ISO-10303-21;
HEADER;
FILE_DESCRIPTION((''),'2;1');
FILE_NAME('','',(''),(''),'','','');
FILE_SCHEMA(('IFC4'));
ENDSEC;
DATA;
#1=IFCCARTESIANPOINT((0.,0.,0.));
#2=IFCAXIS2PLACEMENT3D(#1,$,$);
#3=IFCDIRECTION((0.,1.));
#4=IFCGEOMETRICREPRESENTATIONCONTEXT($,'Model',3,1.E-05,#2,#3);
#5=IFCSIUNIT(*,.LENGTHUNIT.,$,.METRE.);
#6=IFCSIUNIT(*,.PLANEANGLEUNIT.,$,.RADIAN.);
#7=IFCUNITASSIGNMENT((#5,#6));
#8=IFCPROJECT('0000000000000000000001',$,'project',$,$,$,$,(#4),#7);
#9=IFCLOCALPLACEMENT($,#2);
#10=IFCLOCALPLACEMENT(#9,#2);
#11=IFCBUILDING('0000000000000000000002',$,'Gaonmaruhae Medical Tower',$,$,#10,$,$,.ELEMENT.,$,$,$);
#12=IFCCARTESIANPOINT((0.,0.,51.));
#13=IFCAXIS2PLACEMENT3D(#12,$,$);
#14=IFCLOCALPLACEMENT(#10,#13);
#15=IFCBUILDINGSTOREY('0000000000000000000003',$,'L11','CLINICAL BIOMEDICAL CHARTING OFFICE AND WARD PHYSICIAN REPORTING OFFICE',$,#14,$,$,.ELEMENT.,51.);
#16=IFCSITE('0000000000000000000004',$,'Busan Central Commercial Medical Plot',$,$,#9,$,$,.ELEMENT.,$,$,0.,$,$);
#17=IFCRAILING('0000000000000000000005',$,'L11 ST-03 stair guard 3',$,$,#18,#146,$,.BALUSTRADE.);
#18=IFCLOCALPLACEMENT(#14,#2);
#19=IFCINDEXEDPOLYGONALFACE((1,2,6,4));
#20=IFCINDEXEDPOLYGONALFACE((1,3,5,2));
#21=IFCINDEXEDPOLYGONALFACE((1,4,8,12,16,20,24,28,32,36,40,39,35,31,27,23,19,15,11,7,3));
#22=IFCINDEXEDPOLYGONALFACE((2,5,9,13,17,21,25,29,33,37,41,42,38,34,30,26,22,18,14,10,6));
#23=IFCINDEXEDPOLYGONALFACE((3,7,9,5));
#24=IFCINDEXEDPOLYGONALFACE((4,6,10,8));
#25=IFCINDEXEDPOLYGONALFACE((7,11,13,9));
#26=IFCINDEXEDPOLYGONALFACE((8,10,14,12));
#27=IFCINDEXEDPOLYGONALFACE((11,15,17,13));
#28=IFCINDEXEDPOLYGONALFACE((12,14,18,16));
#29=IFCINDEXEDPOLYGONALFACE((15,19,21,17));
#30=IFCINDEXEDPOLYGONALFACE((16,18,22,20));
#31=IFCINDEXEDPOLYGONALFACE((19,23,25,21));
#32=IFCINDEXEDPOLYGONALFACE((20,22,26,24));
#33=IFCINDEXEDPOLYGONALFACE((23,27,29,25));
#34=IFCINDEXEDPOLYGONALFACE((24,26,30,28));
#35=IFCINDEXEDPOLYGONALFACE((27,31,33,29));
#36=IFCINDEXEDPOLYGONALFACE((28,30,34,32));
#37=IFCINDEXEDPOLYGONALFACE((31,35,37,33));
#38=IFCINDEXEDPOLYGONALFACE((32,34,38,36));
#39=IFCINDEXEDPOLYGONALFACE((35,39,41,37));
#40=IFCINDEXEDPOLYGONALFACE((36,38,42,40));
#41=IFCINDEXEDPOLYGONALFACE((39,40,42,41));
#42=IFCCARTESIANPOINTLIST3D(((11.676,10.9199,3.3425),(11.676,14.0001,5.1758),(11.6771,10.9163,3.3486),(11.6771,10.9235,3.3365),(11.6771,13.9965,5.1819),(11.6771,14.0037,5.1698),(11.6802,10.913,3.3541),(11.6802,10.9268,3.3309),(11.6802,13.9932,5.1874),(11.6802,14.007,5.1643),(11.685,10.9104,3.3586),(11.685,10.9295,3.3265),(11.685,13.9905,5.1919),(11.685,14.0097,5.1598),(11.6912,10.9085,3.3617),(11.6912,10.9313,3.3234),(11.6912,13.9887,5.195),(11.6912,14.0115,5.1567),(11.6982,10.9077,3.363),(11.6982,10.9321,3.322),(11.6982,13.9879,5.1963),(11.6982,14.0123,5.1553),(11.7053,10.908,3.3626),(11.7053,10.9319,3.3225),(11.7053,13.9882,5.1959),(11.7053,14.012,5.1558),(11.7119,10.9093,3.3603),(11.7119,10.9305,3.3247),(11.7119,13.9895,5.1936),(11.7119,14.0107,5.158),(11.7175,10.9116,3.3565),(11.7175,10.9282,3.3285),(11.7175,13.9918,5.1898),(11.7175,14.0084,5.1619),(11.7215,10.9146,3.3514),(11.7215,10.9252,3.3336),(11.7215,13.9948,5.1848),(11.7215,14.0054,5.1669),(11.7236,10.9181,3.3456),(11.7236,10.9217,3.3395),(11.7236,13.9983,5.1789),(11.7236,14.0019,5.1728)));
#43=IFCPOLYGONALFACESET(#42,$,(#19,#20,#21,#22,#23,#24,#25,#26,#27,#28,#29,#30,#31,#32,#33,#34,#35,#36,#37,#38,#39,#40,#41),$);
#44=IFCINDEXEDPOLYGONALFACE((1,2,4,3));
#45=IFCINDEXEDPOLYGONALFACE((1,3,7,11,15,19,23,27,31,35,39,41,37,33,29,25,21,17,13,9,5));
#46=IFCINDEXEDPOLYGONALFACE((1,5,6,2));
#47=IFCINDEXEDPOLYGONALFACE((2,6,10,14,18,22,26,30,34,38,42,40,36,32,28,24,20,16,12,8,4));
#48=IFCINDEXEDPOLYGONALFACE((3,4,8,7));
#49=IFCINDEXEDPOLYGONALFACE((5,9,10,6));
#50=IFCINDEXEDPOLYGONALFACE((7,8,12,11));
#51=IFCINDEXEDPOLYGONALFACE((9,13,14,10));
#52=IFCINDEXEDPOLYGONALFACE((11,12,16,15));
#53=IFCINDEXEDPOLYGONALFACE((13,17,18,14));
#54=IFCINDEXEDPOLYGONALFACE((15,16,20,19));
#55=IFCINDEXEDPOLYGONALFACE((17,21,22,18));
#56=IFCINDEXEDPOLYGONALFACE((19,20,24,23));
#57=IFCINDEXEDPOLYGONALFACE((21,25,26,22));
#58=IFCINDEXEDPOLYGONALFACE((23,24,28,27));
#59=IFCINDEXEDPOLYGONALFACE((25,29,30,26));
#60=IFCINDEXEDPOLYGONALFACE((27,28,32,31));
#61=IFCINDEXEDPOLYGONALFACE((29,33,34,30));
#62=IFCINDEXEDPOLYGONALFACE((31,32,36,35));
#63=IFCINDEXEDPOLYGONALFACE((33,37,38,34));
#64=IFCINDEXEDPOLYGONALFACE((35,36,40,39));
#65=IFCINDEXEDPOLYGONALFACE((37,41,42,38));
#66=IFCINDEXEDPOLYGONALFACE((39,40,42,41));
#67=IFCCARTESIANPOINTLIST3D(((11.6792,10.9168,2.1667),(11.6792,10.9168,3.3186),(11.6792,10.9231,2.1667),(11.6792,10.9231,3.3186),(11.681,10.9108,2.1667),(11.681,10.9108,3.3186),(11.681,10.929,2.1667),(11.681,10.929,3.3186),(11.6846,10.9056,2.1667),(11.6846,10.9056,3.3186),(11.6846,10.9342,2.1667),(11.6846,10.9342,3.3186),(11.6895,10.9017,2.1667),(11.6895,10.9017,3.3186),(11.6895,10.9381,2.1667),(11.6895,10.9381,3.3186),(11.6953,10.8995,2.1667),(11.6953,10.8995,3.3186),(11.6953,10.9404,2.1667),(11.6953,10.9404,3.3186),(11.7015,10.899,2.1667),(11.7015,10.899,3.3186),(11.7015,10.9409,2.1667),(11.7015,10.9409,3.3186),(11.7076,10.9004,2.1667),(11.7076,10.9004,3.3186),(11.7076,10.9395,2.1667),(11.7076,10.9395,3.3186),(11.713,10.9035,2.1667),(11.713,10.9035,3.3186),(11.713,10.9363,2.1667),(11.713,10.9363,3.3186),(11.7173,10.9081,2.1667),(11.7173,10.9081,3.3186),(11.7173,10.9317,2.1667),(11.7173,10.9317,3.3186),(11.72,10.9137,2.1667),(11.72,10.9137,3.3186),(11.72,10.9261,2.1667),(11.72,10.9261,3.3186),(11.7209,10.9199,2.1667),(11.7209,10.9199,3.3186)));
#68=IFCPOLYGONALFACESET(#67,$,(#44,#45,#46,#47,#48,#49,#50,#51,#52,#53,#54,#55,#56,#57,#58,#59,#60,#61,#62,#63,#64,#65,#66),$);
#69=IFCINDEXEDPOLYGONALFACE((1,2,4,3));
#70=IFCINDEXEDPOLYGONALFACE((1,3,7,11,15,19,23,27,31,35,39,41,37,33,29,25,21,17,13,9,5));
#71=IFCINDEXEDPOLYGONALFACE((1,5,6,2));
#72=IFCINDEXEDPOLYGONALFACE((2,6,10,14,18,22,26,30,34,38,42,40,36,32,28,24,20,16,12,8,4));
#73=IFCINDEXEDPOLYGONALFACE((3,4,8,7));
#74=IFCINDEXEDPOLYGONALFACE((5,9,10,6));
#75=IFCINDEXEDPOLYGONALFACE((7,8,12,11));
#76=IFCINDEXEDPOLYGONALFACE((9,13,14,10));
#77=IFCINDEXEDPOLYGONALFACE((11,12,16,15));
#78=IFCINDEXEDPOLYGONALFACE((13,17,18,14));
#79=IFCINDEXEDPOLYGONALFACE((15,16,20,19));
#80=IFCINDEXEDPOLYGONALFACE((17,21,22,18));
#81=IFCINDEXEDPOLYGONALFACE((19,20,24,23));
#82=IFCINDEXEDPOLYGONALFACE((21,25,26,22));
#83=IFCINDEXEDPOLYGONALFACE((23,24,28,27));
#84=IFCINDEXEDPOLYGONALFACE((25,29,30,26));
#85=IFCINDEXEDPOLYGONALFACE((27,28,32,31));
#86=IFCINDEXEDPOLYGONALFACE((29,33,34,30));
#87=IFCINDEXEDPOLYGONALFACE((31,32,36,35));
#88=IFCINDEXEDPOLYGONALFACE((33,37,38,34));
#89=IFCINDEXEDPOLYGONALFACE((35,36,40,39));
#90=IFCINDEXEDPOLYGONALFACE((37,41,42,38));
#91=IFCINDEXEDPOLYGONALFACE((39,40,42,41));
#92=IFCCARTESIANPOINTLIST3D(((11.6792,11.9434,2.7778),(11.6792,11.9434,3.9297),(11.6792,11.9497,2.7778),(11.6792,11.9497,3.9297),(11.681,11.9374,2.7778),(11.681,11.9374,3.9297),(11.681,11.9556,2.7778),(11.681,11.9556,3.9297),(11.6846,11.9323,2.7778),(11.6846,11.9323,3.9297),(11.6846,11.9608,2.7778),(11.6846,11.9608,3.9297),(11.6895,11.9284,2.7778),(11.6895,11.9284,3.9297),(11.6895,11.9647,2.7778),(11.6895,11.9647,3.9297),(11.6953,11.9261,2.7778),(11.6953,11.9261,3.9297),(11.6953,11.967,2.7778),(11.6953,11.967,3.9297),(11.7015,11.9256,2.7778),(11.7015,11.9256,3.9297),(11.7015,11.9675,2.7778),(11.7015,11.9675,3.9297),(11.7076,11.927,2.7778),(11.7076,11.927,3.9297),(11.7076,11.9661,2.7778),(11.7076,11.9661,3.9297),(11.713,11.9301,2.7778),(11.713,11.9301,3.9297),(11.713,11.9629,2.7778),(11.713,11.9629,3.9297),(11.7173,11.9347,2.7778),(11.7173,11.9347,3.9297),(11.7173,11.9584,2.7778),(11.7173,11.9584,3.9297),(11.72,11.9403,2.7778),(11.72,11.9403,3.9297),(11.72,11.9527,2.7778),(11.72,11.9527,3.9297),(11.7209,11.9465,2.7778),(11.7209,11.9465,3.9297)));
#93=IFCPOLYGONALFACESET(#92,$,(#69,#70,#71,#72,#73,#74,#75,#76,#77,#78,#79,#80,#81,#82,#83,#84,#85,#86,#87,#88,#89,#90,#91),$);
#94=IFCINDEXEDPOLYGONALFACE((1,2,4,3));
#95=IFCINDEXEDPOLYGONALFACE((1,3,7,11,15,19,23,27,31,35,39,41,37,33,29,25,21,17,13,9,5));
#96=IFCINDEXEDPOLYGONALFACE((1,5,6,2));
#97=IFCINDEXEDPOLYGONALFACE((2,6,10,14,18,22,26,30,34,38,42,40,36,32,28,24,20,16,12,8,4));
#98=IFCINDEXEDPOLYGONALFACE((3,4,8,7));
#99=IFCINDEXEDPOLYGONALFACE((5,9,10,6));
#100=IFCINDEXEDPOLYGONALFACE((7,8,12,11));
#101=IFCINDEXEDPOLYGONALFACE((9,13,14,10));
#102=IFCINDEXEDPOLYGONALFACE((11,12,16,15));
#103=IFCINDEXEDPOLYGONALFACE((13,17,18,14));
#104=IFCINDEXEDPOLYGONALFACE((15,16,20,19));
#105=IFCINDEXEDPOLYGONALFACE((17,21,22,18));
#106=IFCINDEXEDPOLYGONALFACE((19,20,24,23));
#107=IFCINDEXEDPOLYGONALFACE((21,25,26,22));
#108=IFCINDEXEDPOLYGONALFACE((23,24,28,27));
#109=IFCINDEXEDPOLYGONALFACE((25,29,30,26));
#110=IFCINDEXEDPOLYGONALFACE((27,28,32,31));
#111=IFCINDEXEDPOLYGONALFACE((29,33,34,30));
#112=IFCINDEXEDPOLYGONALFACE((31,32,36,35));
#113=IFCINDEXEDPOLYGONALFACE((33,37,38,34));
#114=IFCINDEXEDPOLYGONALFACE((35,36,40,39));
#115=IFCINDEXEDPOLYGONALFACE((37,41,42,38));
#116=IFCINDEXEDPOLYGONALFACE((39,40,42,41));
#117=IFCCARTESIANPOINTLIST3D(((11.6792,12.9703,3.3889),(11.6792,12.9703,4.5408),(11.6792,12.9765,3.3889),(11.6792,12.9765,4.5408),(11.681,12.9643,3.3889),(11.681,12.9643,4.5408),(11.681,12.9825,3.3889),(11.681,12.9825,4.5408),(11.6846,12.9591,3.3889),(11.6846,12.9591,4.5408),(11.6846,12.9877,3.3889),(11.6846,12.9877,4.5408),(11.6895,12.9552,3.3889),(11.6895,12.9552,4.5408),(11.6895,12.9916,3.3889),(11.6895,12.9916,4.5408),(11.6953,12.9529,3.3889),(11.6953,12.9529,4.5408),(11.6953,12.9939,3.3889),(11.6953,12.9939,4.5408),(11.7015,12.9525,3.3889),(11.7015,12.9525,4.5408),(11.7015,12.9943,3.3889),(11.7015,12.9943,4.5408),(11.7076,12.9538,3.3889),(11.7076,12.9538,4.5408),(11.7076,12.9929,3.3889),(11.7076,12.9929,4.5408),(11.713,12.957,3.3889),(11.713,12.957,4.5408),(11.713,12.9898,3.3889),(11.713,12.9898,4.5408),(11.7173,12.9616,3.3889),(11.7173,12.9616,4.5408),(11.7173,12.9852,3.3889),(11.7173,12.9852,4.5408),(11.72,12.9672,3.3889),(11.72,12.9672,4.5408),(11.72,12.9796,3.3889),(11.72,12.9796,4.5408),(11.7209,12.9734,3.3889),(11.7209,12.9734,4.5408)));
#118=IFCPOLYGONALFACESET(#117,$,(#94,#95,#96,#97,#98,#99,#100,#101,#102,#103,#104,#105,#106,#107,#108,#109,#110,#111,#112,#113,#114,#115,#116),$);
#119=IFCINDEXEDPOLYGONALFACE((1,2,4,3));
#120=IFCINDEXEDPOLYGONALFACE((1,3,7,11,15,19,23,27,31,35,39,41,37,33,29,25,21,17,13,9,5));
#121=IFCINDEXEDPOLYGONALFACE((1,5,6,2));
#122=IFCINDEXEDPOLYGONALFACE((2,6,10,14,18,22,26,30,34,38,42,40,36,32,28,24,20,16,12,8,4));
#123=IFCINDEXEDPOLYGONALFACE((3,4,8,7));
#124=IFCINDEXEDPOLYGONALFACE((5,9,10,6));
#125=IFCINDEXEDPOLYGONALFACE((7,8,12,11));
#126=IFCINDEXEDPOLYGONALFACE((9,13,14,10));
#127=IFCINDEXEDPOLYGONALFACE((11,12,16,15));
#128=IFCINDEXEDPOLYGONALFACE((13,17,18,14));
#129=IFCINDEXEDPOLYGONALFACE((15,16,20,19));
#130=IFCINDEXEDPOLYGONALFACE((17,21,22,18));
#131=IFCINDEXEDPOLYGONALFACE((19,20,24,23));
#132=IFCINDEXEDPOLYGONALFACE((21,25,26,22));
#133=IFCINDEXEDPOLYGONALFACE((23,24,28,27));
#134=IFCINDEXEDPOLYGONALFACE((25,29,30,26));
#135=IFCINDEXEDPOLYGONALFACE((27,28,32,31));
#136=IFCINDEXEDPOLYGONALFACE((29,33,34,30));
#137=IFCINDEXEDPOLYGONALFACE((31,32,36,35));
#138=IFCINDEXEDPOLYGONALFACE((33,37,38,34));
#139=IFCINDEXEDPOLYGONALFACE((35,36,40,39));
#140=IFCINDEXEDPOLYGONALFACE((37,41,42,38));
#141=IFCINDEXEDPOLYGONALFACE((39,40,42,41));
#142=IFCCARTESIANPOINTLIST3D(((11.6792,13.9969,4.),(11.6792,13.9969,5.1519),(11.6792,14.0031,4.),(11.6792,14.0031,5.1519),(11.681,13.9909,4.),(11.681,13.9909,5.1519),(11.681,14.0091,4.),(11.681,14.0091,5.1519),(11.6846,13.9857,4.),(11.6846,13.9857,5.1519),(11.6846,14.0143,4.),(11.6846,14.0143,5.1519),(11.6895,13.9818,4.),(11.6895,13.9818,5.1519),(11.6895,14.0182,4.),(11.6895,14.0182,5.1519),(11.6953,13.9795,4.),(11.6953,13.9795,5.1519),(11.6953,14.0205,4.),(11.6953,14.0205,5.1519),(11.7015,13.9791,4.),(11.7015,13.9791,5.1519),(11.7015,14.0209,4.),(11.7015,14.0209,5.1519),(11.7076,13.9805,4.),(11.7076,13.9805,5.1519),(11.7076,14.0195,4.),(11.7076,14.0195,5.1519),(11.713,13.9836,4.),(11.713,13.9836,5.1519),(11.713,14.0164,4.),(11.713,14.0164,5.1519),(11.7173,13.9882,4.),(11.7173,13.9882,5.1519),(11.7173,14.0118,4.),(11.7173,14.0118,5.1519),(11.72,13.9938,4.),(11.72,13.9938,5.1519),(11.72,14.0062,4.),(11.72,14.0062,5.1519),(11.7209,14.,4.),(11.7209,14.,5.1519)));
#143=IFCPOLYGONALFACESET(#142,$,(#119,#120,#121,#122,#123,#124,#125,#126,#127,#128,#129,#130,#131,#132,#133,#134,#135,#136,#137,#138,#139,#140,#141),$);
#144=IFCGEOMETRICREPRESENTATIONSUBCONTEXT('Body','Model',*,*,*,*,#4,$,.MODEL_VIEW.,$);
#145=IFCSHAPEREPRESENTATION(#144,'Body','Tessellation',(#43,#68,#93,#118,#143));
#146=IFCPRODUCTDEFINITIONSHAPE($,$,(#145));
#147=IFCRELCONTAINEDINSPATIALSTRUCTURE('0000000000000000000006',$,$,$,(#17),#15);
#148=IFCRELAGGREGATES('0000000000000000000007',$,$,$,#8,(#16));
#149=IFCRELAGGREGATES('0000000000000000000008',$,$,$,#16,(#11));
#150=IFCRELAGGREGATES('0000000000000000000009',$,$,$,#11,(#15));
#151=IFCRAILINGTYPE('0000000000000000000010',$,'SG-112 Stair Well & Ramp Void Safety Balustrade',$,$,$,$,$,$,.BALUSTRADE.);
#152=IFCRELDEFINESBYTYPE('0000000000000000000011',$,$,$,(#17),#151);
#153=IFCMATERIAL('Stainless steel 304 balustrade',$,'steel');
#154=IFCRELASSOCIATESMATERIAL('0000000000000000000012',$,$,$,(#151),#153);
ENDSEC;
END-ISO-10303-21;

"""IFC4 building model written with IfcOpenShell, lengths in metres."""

from ifc_helpers import new_model, si_unit, direction, frame, origin, origin_2d, place, context, subcontext, project, spatial, circle, extrude, material, type_object, element, save


model = new_model("IFC4")

# Units and contexts
model_context = context("Model", 3, precision=1e-05, world=origin(), true_north=direction((0.0, 1.0)))
body_context = subcontext(model_context, "Body", "Model", "MODEL_VIEW")
ifc_project = project(units=[si_unit("LENGTHUNIT", "METRE"), si_unit("PLANEANGLEUNIT", "RADIAN")], contexts=[model_context])

# Site, building, storey
site_placement = place(None, origin())
site = spatial("IfcSite", under=ifc_project, at=site_placement, Name="Busan Central Commercial Medical Plot", CompositionType="ELEMENT", RefElevation=0.0)
building_placement = place(site_placement, origin())
building = spatial("IfcBuilding", under=site, at=building_placement, Name="Gaonmaruhae Medical Tower", CompositionType="ELEMENT")
storey_placement = place(building_placement, frame((0.0, 0.0, 51.0)))
storey = spatial("IfcBuildingStorey", under=building, at=storey_placement, Name="L11", Description="CLINICAL BIOMEDICAL CHARTING OFFICE AND WARD PHYSICIAN REPORTING OFFICE", CompositionType="ELEMENT", Elevation=51.0)

# Railing
ifc_material_1 = material(Name="Stainless steel 304 balustrade", Category="steel")
railing_type_1 = type_object("IfcRailingType", Name="SG-112 Stair Well & Ramp Void Safety Balustrade", PredefinedType="BALUSTRADE", material=ifc_material_1)
railing_1_placement = place(storey_placement, frame((11.7, 10.9199, 2.1667)))
element("IfcRailing", 1, at=railing_1_placement, inside=storey, type_object=railing_type_1, Name="L11 ST-03 stair guard 3", PredefinedType="BALUSTRADE", context=body_context, shape_type="SweptSolid", body=[
    extrude(circle(Radius=0.0239, at=origin_2d()), frame((0.0, 0.0, 1.1758), z_axis=(0.0, 0.859309, 0.511458), x_axis=(-1.0, 0.0, 0.0)), (0.0, 0.0, 1.0), 3.5845),
    extrude(circle(Radius=0.021, at=origin_2d()), origin(), (0.0, 0.0, 1.0), 1.1519),
    extrude(circle(Radius=0.021, at=origin_2d()), frame((0.0, 1.0266, 0.6111)), (0.0, 0.0, 1.0), 1.1519),
    extrude(circle(Radius=0.021, at=origin_2d()), frame((0.0, 2.0535, 1.2222)), (0.0, 0.0, 1.0), 1.1519),
    extrude(circle(Radius=0.021, at=origin_2d()), frame((0.0, 3.0801, 1.8333)), (0.0, 0.0, 1.0), 1.1519),
])

save(model, "model.ifc")
